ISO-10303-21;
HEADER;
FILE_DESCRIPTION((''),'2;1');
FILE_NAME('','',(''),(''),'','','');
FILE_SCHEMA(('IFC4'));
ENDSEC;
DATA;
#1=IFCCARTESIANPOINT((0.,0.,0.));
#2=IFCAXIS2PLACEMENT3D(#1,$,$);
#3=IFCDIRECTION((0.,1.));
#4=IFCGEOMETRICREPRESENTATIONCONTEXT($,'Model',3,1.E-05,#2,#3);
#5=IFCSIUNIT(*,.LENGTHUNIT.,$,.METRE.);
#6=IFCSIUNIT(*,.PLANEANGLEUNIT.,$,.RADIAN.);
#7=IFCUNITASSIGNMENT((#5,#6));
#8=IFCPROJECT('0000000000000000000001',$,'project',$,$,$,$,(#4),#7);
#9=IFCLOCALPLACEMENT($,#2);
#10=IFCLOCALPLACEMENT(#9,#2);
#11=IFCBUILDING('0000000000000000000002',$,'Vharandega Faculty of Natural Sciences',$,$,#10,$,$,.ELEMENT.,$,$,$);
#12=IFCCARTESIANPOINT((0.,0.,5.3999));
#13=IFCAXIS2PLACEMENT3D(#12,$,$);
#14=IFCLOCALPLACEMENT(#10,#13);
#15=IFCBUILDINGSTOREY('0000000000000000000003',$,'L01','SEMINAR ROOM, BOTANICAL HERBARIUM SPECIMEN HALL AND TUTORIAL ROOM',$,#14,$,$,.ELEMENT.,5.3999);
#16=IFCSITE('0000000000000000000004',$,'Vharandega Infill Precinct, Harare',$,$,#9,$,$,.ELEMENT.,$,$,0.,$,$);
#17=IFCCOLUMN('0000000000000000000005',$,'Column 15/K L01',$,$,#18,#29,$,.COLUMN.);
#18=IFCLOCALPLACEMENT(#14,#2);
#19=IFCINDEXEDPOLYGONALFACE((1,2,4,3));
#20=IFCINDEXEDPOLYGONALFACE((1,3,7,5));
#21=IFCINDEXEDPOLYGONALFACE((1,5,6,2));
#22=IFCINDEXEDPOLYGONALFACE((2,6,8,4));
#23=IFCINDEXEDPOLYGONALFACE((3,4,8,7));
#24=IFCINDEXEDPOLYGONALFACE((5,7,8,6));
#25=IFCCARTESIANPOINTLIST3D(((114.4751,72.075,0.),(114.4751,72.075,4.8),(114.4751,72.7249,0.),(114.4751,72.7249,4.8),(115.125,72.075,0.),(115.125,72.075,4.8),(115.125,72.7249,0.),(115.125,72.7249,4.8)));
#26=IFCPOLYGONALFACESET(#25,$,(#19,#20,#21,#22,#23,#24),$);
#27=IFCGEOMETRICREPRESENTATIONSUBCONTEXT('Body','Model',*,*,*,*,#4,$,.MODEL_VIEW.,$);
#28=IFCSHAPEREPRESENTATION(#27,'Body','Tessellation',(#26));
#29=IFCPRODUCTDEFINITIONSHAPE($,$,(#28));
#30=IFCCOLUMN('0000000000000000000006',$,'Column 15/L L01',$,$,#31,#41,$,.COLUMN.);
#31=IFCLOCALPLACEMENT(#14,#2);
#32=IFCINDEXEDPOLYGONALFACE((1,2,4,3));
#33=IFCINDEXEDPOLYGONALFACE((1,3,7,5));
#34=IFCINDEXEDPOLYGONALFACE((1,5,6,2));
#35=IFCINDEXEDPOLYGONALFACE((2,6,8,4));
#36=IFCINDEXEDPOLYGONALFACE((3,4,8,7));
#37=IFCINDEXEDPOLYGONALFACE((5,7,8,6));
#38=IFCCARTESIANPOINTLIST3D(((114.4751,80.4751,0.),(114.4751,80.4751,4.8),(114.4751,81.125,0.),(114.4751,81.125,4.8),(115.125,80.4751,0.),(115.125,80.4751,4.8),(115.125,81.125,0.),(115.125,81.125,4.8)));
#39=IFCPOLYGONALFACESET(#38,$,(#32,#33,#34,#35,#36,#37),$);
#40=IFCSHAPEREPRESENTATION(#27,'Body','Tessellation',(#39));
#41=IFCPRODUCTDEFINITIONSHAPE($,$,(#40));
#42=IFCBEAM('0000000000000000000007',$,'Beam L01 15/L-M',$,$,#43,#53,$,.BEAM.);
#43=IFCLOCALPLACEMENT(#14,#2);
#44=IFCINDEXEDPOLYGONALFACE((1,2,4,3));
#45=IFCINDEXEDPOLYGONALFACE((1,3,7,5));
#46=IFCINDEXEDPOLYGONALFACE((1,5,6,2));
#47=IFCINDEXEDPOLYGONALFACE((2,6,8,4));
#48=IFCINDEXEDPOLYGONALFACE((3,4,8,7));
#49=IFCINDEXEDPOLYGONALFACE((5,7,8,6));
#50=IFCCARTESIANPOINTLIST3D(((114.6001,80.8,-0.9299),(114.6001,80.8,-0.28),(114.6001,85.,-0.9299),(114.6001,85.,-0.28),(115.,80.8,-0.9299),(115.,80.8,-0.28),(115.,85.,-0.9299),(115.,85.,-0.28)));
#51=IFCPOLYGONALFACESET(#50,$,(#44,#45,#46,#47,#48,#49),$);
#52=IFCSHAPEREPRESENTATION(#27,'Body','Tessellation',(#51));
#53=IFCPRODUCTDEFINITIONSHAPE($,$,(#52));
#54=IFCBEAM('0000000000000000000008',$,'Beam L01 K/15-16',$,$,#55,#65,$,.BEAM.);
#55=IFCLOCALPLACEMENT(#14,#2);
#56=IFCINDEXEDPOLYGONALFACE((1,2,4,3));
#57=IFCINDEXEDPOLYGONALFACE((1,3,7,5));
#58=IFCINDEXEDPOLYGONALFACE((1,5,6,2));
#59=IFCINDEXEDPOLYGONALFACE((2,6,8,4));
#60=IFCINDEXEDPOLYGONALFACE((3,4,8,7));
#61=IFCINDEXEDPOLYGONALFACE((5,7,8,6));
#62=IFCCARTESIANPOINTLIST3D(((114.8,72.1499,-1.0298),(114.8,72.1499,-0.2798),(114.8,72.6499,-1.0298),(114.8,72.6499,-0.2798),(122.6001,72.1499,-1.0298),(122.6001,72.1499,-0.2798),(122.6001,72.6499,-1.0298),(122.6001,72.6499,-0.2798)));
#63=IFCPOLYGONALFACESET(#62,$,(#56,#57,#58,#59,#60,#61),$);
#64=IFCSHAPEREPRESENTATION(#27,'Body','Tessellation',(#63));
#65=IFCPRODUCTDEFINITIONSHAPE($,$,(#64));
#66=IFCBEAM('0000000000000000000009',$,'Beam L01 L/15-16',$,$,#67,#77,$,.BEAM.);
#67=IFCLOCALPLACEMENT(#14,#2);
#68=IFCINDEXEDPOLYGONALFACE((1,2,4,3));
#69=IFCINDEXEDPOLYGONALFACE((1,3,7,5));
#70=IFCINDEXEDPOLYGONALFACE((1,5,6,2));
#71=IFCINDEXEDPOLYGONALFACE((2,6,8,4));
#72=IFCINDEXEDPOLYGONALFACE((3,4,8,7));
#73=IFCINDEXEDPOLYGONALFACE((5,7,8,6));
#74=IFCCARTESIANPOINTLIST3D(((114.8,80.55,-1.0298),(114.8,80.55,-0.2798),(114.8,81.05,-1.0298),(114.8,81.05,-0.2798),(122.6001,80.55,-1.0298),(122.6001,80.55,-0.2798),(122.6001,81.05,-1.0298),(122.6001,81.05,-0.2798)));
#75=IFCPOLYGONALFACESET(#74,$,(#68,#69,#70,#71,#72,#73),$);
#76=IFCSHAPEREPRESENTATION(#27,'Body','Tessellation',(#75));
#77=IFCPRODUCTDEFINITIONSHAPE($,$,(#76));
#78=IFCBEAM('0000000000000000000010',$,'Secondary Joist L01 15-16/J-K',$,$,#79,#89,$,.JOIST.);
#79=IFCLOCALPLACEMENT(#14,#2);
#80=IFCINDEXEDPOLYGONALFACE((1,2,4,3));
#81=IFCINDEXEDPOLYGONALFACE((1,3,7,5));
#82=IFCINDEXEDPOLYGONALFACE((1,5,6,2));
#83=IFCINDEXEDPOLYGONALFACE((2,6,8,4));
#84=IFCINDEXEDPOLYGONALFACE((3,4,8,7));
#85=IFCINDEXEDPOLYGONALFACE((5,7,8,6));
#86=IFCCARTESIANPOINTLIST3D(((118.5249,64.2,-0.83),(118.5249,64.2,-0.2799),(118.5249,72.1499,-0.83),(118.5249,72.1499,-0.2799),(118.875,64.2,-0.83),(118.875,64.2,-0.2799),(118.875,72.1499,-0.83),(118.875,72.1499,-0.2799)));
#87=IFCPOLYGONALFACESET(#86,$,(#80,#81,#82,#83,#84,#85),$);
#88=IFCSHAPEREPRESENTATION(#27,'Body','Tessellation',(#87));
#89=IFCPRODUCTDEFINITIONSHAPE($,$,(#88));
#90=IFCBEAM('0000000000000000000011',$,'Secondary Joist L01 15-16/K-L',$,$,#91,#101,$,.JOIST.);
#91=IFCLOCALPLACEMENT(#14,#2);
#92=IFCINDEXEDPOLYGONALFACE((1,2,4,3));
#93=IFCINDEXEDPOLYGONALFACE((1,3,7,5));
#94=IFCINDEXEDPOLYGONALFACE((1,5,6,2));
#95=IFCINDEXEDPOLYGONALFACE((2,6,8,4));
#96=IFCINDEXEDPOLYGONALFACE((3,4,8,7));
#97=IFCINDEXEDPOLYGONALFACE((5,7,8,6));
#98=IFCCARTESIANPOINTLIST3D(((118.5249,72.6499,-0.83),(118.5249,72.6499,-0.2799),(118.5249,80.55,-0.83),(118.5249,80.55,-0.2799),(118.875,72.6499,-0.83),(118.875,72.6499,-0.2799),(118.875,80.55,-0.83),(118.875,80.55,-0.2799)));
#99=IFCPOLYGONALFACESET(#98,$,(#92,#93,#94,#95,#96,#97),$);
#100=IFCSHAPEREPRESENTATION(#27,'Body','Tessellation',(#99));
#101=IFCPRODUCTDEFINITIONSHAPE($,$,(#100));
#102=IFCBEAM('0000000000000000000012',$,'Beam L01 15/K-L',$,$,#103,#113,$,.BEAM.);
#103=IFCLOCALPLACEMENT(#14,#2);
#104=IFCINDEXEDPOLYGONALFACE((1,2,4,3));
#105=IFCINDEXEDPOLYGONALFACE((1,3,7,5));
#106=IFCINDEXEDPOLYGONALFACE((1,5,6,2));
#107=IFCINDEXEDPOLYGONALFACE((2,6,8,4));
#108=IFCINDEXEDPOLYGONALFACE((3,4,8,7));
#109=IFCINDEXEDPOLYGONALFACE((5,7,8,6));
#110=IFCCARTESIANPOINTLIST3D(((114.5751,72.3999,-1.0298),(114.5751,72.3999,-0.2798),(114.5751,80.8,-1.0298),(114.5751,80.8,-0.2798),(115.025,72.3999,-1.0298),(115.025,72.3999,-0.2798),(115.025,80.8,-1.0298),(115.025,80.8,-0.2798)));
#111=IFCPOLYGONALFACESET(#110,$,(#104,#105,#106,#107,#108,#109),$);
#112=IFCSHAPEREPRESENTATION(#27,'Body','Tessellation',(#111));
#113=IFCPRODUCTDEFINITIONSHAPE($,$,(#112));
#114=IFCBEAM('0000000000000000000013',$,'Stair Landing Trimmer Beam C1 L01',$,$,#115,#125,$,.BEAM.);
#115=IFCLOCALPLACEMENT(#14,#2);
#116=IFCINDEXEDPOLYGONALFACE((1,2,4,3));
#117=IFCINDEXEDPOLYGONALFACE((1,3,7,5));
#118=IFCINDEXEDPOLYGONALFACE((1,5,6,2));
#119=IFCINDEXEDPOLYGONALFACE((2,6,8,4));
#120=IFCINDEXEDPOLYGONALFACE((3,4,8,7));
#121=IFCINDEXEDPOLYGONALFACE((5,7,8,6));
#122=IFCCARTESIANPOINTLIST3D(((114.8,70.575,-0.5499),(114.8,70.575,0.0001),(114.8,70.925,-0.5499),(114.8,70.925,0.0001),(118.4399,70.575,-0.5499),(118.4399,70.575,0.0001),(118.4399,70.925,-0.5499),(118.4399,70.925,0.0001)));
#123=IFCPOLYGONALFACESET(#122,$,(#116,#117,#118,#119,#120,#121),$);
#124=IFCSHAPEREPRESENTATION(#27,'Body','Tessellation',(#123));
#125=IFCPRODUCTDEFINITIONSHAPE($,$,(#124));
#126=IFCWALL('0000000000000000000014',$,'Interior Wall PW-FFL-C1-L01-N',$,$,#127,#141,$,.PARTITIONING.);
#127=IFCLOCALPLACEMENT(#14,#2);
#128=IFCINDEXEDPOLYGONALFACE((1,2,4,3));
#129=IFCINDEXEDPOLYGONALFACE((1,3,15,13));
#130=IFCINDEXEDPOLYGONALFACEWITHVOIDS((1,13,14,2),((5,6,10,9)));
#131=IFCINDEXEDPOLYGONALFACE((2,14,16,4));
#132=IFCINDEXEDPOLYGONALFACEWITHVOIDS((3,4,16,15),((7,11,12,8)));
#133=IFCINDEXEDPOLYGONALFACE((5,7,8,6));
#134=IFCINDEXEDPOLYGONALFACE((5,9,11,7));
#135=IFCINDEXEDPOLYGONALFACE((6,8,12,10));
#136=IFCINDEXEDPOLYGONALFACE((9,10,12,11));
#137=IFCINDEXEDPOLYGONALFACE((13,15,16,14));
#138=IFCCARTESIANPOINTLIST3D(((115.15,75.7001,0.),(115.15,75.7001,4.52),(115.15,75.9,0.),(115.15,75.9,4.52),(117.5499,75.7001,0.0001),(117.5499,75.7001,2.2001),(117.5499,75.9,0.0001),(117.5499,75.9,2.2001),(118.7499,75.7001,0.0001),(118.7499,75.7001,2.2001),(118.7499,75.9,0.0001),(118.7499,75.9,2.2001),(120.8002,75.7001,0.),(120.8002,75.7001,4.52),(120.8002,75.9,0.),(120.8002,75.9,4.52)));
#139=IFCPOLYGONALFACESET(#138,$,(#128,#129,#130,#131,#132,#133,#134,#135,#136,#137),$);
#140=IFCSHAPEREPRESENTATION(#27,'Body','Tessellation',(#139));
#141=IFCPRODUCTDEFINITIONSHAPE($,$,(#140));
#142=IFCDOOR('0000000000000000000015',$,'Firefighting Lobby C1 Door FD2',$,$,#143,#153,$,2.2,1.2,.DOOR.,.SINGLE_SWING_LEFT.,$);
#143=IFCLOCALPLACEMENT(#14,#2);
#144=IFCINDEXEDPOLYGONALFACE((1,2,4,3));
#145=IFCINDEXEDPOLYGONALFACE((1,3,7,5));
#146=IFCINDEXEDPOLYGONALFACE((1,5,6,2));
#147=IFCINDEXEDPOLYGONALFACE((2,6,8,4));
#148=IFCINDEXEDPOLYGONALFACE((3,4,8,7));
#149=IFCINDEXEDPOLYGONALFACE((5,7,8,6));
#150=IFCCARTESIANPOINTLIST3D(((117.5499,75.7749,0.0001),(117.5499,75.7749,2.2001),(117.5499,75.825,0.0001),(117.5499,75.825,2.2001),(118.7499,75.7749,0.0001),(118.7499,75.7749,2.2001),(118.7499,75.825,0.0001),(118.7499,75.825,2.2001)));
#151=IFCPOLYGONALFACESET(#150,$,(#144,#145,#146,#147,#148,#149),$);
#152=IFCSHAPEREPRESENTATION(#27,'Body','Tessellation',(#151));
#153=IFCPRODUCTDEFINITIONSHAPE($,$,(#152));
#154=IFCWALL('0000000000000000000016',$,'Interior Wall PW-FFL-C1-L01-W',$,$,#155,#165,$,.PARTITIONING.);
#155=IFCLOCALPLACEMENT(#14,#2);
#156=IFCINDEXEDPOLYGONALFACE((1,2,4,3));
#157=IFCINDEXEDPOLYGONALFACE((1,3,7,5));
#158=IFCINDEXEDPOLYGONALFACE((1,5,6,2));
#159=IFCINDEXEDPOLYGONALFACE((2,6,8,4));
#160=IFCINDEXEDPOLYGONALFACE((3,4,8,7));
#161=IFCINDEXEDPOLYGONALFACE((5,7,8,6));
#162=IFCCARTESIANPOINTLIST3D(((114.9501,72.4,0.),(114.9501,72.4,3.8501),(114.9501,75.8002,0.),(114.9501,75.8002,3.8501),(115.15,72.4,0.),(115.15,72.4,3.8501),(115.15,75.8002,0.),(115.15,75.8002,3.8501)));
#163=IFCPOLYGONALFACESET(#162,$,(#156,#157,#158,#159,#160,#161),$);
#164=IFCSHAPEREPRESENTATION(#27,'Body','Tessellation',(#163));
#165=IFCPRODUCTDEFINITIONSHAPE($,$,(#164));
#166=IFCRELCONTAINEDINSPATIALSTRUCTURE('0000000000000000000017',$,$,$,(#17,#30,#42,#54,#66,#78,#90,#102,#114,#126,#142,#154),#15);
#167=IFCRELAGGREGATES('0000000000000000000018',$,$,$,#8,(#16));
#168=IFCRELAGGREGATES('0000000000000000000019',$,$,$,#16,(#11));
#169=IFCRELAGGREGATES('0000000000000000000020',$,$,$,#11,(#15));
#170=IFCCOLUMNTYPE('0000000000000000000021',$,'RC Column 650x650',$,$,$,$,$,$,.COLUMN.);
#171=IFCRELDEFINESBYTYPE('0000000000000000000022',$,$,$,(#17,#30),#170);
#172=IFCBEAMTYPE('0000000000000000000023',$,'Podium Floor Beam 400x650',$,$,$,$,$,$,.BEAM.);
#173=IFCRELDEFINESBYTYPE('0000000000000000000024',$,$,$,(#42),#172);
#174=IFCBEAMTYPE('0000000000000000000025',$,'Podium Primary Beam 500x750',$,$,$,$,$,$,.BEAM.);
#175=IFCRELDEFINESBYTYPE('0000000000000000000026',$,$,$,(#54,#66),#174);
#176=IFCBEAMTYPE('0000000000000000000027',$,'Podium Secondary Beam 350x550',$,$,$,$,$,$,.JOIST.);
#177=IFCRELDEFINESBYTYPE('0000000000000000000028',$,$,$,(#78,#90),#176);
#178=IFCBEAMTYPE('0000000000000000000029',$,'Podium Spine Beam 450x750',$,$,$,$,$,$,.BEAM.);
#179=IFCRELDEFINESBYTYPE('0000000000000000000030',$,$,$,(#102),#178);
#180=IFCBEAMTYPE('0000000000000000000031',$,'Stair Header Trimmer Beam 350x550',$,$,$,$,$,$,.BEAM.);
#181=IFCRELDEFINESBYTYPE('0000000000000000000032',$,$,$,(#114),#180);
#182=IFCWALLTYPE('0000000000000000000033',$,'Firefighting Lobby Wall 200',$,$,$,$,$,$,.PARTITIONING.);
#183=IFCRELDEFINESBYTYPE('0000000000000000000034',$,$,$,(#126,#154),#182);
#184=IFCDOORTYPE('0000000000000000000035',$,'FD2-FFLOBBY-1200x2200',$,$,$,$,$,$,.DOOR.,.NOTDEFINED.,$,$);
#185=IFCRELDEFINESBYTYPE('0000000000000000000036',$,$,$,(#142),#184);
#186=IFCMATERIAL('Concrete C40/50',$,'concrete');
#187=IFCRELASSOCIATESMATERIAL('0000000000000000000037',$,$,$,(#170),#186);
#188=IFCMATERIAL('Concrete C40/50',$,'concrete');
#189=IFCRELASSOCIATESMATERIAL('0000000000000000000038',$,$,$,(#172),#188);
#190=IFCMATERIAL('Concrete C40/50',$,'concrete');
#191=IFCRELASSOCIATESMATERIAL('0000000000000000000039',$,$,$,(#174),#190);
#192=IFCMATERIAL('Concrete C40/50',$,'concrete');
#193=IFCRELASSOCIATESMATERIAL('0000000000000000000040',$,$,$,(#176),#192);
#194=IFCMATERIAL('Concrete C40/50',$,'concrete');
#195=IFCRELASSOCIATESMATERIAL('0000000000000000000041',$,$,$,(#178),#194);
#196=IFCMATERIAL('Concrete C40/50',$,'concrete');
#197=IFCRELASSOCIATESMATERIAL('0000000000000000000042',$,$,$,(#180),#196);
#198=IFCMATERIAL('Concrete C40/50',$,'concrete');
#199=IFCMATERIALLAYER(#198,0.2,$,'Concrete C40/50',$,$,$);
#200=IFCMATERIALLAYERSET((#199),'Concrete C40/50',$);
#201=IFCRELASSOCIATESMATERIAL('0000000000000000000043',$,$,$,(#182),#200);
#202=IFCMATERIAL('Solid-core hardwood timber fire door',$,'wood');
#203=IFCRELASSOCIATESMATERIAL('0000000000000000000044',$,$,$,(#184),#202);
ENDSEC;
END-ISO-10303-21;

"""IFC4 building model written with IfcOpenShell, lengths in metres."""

from ifc_helpers import new_model, si_unit, direction, frame, frame_2d, origin, origin_2d, place, context, subcontext, project, spatial, rectangle, extrude, material, layer, layer_set, material_profile, profile_set, type_object, element, fill, save


model = new_model("IFC4")

# Units and contexts
model_context = context("Model", 3, precision=1e-05, world=origin(), true_north=direction((0.0, 1.0)))
body_context = subcontext(model_context, "Body", "Model", "MODEL_VIEW")
ifc_project = project(units=[si_unit("LENGTHUNIT", "METRE"), si_unit("PLANEANGLEUNIT", "RADIAN")], contexts=[model_context])

# Site, building, storey
site_placement = place(None, origin())
site = spatial("IfcSite", under=ifc_project, at=site_placement, Name="Vharandega Infill Precinct, Harare", CompositionType="ELEMENT", RefElevation=0.0)
building_placement = place(site_placement, origin())
building = spatial("IfcBuilding", under=site, at=building_placement, Name="Vharandega Faculty of Natural Sciences", CompositionType="ELEMENT")
storey_placement = place(building_placement, frame((0.0, 0.0, 5.3999)))
storey = spatial("IfcBuildingStorey", under=building, at=storey_placement, Name="L01", Description="SEMINAR ROOM, BOTANICAL HERBARIUM SPECIMEN HALL AND TUTORIAL ROOM", CompositionType="ELEMENT", Elevation=5.3999)

# Columns
ifc_material_1 = material(Name="Concrete C40/50", Category="concrete")
ifc_material_profile_1 = material_profile(ifc_material_1, rectangle(XDim=0.6499, YDim=0.6499, at=origin_2d()), Name="RC 650x650")
ifc_profile_set_1 = profile_set([ifc_material_profile_1], Name="Concrete C40/50")
column_type = type_object("IfcColumnType", Name="RC Column 650x650", PredefinedType="COLUMN", material=ifc_profile_set_1)
for number, where, z_axis, x_axis, name in (
    (1, (114.8, 72.3999, 0.0), (0.0, 0.0, 1.0), (1.0, 0.0, 0.0), "Column 15/K L01"),
    (2, (114.8, 80.8, 0.0), (0.0, 0.0, 1.0), (1.0, 0.0, 0.0), "Column 15/L L01"),
):
    element("IfcColumn", number, at=place(storey_placement, frame(where, z_axis=z_axis, x_axis=x_axis)), inside=storey, type_object=column_type, Name=name, PredefinedType="COLUMN", context=body_context, shape_type="SweptSolid", body=[
        extrude(rectangle(XDim=0.6499, YDim=0.6499, at=origin_2d()), origin(), (0.0, 0.0, 1.0), 4.8),
    ])

# Beams
ifc_material_2 = material(Name="Concrete C40/50", Category="concrete")
ifc_material_profile_2 = material_profile(ifc_material_2, rectangle(XDim=0.3999, YDim=0.6499, at=origin_2d()), Name="RC 400x650")
ifc_profile_set_2 = profile_set([ifc_material_profile_2], Name="Concrete C40/50")
beam_type_1 = type_object("IfcBeamType", Name="Podium Floor Beam 400x650", PredefinedType="BEAM", material=ifc_profile_set_2)
beam_1_placement = place(storey_placement, frame((114.8, 80.8, -0.605), z_axis=(0.0, 1.0, 0.0), x_axis=(-1.0, 0.0, 0.0)))
element("IfcBeam", 3, at=beam_1_placement, inside=storey, type_object=beam_type_1, Name="Beam L01 15/L-M", PredefinedType="BEAM", context=body_context, shape_type="SweptSolid", body=[
    extrude(rectangle(XDim=0.3999, YDim=0.6499, at=origin_2d()), origin(), (0.0, 0.0, 1.0), 4.2),
])
ifc_material_3 = material(Name="Concrete C40/50", Category="concrete")
ifc_material_profile_3 = material_profile(ifc_material_3, rectangle(XDim=0.5, YDim=0.75, at=origin_2d()), Name="RC 500x750")
ifc_profile_set_3 = profile_set([ifc_material_profile_3], Name="Concrete C40/50")
beam_type_2 = type_object("IfcBeamType", Name="Podium Primary Beam 500x750", PredefinedType="BEAM", material=ifc_profile_set_3)
for number, where, z_axis, x_axis, name in (
    (4, (114.8, 72.3999, -0.6548), (1.0, 0.0, 0.0), (0.0, 1.0, 0.0), "Beam L01 K/15-16"),
    (5, (114.8, 80.8, -0.6548), (1.0, 0.0, 0.0), (0.0, 1.0, 0.0), "Beam L01 L/15-16"),
):
    element("IfcBeam", number, at=place(storey_placement, frame(where, z_axis=z_axis, x_axis=x_axis)), inside=storey, type_object=beam_type_2, Name=name, PredefinedType="BEAM", context=body_context, shape_type="SweptSolid", body=[
        extrude(rectangle(XDim=0.5, YDim=0.75, at=origin_2d()), origin(), (0.0, 0.0, 1.0), 7.8),
    ])
ifc_material_4 = material(Name="Concrete C40/50", Category="concrete")
ifc_material_profile_4 = material_profile(ifc_material_4, rectangle(XDim=0.3501, YDim=0.55, at=origin_2d()), Name="RC 350x550")
ifc_profile_set_4 = profile_set([ifc_material_profile_4], Name="Concrete C40/50")
beam_type_3 = type_object("IfcBeamType", Name="Podium Secondary Beam 350x550", PredefinedType="JOIST", material=ifc_profile_set_4)
beam_2_placement = place(storey_placement, frame((118.7, 64.2, -0.5549), z_axis=(0.0, 1.0, 0.0), x_axis=(-1.0, 0.0, 0.0)))
element("IfcBeam", 6, at=beam_2_placement, inside=storey, type_object=beam_type_3, Name="Secondary Joist L01 15-16/J-K", PredefinedType="JOIST", context=body_context, shape_type="SweptSolid", body=[
    extrude(rectangle(XDim=0.3501, YDim=0.55, at=origin_2d()), origin(), (0.0, 0.0, 1.0), 7.95),
])
beam_3_placement = place(storey_placement, frame((118.7, 72.6499, -0.5549), z_axis=(0.0, 1.0, 0.0), x_axis=(-1.0, 0.0, 0.0)))
element("IfcBeam", 7, at=beam_3_placement, inside=storey, type_object=beam_type_3, Name="Secondary Joist L01 15-16/K-L", PredefinedType="JOIST", context=body_context, shape_type="SweptSolid", body=[
    extrude(rectangle(XDim=0.3501, YDim=0.55, at=origin_2d()), origin(), (0.0, 0.0, 1.0), 7.9001),
])
ifc_material_5 = material(Name="Concrete C40/50", Category="concrete")
ifc_material_profile_5 = material_profile(ifc_material_5, rectangle(XDim=0.45, YDim=0.75, at=origin_2d()), Name="RC 450x750")
ifc_profile_set_5 = profile_set([ifc_material_profile_5], Name="Concrete C40/50")
beam_type_4 = type_object("IfcBeamType", Name="Podium Spine Beam 450x750", PredefinedType="BEAM", material=ifc_profile_set_5)
beam_4_placement = place(storey_placement, frame((114.8, 72.3999, -0.6548), z_axis=(0.0, 1.0, 0.0), x_axis=(-1.0, 0.0, 0.0)))
element("IfcBeam", 8, at=beam_4_placement, inside=storey, type_object=beam_type_4, Name="Beam L01 15/K-L", PredefinedType="BEAM", context=body_context, shape_type="SweptSolid", body=[
    extrude(rectangle(XDim=0.45, YDim=0.75, at=origin_2d()), origin(), (0.0, 0.0, 1.0), 8.4001),
])
ifc_material_6 = material(Name="Concrete C40/50", Category="concrete")
ifc_material_profile_6 = material_profile(ifc_material_6, rectangle(XDim=0.3501, YDim=0.55, at=origin_2d()), Name="RC 350x550")
ifc_profile_set_6 = profile_set([ifc_material_profile_6], Name="Concrete C40/50")
beam_type_5 = type_object("IfcBeamType", Name="Stair Header Trimmer Beam 350x550", PredefinedType="BEAM", material=ifc_profile_set_6)
beam_5_placement = place(storey_placement, frame((114.8, 70.75, -0.2749), z_axis=(1.0, 0.0, 0.0), x_axis=(0.0, 1.0, 0.0)))
element("IfcBeam", 9, at=beam_5_placement, inside=storey, type_object=beam_type_5, Name="Stair Landing Trimmer Beam C1 L01", PredefinedType="BEAM", context=body_context, shape_type="SweptSolid", body=[
    extrude(rectangle(XDim=0.3501, YDim=0.55, at=origin_2d()), origin(), (0.0, 0.0, 1.0), 3.6399),
])

# Wall, opening, door
ifc_material_7 = material(Name="Concrete C40/50", Category="concrete")
ifc_layer_1 = layer(ifc_material_7, 0.2, Name="Concrete C40/50")
ifc_layer_set_1 = layer_set([ifc_layer_1], Name="Concrete C40/50")
wall_type_1 = type_object("IfcWallType", Name="Firefighting Lobby Wall 200", PredefinedType="PARTITIONING", material=ifc_layer_set_1)
wall_1_placement = place(storey_placement, frame((115.1499, 75.8, 0.0), z_axis=(0.0, 0.0, 1.0), x_axis=(1.0, 0.0, 0.0)))
wall_1 = element("IfcWall", 10, at=wall_1_placement, inside=storey, type_object=wall_type_1, Name="Interior Wall PW-FFL-C1-L01-N", PredefinedType="PARTITIONING", context=body_context, shape_type="SweptSolid", body=[
    extrude(rectangle(XDim=5.6501, YDim=0.2, at=frame_2d((2.8252, 0.0))), origin(), (0.0, 0.0, 1.0), 4.52),
])
opening_1_placement = place(wall_1_placement, frame((2.3999, 0.0, 0.0)))
opening_1 = element("IfcOpeningElement", 11, at=opening_1_placement, cuts=wall_1, PredefinedType="OPENING", context=body_context, shape_type="SweptSolid", body=[
    extrude(rectangle(XDim=1.2, YDim=2.2, at=frame_2d((0.6001, 1.1001))), frame((0.0, 0.1099, 0.0), z_axis=(0.0, -1.0, 0.0), x_axis=(1.0, 0.0, 0.0)), (0.0, 0.0, 1.0), 0.22),
])
ifc_material_8 = material(Name="Solid-core hardwood timber fire door", Category="wood")
door_type_1 = type_object("IfcDoorType", Name="FD2-FFLOBBY-1200x2200", OperationType="NOTDEFINED", PredefinedType="DOOR", material=ifc_material_8)
door_1_placement = place(opening_1_placement, origin())
door_1 = element("IfcDoor", 12, at=door_1_placement, inside=storey, type_object=door_type_1, Name="Firefighting Lobby C1 Door FD2", OperationType="SINGLE_SWING_LEFT", OverallHeight=2.2, OverallWidth=1.2, PredefinedType="DOOR", context=body_context, shape_type="SweptSolid", body=[
    extrude(rectangle(XDim=1.2, YDim=2.2, at=frame_2d((0.6001, 1.1001))), frame((0.0, 0.0249, 0.0), z_axis=(0.0, -1.0, 0.0), x_axis=(1.0, 0.0, 0.0)), (0.0, 0.0, 1.0), 0.05),
])
fill(opening_1, door_1)

# Wall
wall_2_placement = place(storey_placement, frame((115.05, 72.3999, 0.0), z_axis=(0.0, 0.0, 1.0), x_axis=(0.0, 1.0, 0.0)))
element("IfcWall", 13, at=wall_2_placement, inside=storey, type_object=wall_type_1, Name="Interior Wall PW-FFL-C1-L01-W", PredefinedType="PARTITIONING", context=body_context, shape_type="SweptSolid", body=[
    extrude(rectangle(XDim=3.4001, YDim=0.2, at=frame_2d((1.7002, 0.0))), origin(), (0.0, 0.0, 1.0), 3.8501),
])

save(model, "model.ifc")
